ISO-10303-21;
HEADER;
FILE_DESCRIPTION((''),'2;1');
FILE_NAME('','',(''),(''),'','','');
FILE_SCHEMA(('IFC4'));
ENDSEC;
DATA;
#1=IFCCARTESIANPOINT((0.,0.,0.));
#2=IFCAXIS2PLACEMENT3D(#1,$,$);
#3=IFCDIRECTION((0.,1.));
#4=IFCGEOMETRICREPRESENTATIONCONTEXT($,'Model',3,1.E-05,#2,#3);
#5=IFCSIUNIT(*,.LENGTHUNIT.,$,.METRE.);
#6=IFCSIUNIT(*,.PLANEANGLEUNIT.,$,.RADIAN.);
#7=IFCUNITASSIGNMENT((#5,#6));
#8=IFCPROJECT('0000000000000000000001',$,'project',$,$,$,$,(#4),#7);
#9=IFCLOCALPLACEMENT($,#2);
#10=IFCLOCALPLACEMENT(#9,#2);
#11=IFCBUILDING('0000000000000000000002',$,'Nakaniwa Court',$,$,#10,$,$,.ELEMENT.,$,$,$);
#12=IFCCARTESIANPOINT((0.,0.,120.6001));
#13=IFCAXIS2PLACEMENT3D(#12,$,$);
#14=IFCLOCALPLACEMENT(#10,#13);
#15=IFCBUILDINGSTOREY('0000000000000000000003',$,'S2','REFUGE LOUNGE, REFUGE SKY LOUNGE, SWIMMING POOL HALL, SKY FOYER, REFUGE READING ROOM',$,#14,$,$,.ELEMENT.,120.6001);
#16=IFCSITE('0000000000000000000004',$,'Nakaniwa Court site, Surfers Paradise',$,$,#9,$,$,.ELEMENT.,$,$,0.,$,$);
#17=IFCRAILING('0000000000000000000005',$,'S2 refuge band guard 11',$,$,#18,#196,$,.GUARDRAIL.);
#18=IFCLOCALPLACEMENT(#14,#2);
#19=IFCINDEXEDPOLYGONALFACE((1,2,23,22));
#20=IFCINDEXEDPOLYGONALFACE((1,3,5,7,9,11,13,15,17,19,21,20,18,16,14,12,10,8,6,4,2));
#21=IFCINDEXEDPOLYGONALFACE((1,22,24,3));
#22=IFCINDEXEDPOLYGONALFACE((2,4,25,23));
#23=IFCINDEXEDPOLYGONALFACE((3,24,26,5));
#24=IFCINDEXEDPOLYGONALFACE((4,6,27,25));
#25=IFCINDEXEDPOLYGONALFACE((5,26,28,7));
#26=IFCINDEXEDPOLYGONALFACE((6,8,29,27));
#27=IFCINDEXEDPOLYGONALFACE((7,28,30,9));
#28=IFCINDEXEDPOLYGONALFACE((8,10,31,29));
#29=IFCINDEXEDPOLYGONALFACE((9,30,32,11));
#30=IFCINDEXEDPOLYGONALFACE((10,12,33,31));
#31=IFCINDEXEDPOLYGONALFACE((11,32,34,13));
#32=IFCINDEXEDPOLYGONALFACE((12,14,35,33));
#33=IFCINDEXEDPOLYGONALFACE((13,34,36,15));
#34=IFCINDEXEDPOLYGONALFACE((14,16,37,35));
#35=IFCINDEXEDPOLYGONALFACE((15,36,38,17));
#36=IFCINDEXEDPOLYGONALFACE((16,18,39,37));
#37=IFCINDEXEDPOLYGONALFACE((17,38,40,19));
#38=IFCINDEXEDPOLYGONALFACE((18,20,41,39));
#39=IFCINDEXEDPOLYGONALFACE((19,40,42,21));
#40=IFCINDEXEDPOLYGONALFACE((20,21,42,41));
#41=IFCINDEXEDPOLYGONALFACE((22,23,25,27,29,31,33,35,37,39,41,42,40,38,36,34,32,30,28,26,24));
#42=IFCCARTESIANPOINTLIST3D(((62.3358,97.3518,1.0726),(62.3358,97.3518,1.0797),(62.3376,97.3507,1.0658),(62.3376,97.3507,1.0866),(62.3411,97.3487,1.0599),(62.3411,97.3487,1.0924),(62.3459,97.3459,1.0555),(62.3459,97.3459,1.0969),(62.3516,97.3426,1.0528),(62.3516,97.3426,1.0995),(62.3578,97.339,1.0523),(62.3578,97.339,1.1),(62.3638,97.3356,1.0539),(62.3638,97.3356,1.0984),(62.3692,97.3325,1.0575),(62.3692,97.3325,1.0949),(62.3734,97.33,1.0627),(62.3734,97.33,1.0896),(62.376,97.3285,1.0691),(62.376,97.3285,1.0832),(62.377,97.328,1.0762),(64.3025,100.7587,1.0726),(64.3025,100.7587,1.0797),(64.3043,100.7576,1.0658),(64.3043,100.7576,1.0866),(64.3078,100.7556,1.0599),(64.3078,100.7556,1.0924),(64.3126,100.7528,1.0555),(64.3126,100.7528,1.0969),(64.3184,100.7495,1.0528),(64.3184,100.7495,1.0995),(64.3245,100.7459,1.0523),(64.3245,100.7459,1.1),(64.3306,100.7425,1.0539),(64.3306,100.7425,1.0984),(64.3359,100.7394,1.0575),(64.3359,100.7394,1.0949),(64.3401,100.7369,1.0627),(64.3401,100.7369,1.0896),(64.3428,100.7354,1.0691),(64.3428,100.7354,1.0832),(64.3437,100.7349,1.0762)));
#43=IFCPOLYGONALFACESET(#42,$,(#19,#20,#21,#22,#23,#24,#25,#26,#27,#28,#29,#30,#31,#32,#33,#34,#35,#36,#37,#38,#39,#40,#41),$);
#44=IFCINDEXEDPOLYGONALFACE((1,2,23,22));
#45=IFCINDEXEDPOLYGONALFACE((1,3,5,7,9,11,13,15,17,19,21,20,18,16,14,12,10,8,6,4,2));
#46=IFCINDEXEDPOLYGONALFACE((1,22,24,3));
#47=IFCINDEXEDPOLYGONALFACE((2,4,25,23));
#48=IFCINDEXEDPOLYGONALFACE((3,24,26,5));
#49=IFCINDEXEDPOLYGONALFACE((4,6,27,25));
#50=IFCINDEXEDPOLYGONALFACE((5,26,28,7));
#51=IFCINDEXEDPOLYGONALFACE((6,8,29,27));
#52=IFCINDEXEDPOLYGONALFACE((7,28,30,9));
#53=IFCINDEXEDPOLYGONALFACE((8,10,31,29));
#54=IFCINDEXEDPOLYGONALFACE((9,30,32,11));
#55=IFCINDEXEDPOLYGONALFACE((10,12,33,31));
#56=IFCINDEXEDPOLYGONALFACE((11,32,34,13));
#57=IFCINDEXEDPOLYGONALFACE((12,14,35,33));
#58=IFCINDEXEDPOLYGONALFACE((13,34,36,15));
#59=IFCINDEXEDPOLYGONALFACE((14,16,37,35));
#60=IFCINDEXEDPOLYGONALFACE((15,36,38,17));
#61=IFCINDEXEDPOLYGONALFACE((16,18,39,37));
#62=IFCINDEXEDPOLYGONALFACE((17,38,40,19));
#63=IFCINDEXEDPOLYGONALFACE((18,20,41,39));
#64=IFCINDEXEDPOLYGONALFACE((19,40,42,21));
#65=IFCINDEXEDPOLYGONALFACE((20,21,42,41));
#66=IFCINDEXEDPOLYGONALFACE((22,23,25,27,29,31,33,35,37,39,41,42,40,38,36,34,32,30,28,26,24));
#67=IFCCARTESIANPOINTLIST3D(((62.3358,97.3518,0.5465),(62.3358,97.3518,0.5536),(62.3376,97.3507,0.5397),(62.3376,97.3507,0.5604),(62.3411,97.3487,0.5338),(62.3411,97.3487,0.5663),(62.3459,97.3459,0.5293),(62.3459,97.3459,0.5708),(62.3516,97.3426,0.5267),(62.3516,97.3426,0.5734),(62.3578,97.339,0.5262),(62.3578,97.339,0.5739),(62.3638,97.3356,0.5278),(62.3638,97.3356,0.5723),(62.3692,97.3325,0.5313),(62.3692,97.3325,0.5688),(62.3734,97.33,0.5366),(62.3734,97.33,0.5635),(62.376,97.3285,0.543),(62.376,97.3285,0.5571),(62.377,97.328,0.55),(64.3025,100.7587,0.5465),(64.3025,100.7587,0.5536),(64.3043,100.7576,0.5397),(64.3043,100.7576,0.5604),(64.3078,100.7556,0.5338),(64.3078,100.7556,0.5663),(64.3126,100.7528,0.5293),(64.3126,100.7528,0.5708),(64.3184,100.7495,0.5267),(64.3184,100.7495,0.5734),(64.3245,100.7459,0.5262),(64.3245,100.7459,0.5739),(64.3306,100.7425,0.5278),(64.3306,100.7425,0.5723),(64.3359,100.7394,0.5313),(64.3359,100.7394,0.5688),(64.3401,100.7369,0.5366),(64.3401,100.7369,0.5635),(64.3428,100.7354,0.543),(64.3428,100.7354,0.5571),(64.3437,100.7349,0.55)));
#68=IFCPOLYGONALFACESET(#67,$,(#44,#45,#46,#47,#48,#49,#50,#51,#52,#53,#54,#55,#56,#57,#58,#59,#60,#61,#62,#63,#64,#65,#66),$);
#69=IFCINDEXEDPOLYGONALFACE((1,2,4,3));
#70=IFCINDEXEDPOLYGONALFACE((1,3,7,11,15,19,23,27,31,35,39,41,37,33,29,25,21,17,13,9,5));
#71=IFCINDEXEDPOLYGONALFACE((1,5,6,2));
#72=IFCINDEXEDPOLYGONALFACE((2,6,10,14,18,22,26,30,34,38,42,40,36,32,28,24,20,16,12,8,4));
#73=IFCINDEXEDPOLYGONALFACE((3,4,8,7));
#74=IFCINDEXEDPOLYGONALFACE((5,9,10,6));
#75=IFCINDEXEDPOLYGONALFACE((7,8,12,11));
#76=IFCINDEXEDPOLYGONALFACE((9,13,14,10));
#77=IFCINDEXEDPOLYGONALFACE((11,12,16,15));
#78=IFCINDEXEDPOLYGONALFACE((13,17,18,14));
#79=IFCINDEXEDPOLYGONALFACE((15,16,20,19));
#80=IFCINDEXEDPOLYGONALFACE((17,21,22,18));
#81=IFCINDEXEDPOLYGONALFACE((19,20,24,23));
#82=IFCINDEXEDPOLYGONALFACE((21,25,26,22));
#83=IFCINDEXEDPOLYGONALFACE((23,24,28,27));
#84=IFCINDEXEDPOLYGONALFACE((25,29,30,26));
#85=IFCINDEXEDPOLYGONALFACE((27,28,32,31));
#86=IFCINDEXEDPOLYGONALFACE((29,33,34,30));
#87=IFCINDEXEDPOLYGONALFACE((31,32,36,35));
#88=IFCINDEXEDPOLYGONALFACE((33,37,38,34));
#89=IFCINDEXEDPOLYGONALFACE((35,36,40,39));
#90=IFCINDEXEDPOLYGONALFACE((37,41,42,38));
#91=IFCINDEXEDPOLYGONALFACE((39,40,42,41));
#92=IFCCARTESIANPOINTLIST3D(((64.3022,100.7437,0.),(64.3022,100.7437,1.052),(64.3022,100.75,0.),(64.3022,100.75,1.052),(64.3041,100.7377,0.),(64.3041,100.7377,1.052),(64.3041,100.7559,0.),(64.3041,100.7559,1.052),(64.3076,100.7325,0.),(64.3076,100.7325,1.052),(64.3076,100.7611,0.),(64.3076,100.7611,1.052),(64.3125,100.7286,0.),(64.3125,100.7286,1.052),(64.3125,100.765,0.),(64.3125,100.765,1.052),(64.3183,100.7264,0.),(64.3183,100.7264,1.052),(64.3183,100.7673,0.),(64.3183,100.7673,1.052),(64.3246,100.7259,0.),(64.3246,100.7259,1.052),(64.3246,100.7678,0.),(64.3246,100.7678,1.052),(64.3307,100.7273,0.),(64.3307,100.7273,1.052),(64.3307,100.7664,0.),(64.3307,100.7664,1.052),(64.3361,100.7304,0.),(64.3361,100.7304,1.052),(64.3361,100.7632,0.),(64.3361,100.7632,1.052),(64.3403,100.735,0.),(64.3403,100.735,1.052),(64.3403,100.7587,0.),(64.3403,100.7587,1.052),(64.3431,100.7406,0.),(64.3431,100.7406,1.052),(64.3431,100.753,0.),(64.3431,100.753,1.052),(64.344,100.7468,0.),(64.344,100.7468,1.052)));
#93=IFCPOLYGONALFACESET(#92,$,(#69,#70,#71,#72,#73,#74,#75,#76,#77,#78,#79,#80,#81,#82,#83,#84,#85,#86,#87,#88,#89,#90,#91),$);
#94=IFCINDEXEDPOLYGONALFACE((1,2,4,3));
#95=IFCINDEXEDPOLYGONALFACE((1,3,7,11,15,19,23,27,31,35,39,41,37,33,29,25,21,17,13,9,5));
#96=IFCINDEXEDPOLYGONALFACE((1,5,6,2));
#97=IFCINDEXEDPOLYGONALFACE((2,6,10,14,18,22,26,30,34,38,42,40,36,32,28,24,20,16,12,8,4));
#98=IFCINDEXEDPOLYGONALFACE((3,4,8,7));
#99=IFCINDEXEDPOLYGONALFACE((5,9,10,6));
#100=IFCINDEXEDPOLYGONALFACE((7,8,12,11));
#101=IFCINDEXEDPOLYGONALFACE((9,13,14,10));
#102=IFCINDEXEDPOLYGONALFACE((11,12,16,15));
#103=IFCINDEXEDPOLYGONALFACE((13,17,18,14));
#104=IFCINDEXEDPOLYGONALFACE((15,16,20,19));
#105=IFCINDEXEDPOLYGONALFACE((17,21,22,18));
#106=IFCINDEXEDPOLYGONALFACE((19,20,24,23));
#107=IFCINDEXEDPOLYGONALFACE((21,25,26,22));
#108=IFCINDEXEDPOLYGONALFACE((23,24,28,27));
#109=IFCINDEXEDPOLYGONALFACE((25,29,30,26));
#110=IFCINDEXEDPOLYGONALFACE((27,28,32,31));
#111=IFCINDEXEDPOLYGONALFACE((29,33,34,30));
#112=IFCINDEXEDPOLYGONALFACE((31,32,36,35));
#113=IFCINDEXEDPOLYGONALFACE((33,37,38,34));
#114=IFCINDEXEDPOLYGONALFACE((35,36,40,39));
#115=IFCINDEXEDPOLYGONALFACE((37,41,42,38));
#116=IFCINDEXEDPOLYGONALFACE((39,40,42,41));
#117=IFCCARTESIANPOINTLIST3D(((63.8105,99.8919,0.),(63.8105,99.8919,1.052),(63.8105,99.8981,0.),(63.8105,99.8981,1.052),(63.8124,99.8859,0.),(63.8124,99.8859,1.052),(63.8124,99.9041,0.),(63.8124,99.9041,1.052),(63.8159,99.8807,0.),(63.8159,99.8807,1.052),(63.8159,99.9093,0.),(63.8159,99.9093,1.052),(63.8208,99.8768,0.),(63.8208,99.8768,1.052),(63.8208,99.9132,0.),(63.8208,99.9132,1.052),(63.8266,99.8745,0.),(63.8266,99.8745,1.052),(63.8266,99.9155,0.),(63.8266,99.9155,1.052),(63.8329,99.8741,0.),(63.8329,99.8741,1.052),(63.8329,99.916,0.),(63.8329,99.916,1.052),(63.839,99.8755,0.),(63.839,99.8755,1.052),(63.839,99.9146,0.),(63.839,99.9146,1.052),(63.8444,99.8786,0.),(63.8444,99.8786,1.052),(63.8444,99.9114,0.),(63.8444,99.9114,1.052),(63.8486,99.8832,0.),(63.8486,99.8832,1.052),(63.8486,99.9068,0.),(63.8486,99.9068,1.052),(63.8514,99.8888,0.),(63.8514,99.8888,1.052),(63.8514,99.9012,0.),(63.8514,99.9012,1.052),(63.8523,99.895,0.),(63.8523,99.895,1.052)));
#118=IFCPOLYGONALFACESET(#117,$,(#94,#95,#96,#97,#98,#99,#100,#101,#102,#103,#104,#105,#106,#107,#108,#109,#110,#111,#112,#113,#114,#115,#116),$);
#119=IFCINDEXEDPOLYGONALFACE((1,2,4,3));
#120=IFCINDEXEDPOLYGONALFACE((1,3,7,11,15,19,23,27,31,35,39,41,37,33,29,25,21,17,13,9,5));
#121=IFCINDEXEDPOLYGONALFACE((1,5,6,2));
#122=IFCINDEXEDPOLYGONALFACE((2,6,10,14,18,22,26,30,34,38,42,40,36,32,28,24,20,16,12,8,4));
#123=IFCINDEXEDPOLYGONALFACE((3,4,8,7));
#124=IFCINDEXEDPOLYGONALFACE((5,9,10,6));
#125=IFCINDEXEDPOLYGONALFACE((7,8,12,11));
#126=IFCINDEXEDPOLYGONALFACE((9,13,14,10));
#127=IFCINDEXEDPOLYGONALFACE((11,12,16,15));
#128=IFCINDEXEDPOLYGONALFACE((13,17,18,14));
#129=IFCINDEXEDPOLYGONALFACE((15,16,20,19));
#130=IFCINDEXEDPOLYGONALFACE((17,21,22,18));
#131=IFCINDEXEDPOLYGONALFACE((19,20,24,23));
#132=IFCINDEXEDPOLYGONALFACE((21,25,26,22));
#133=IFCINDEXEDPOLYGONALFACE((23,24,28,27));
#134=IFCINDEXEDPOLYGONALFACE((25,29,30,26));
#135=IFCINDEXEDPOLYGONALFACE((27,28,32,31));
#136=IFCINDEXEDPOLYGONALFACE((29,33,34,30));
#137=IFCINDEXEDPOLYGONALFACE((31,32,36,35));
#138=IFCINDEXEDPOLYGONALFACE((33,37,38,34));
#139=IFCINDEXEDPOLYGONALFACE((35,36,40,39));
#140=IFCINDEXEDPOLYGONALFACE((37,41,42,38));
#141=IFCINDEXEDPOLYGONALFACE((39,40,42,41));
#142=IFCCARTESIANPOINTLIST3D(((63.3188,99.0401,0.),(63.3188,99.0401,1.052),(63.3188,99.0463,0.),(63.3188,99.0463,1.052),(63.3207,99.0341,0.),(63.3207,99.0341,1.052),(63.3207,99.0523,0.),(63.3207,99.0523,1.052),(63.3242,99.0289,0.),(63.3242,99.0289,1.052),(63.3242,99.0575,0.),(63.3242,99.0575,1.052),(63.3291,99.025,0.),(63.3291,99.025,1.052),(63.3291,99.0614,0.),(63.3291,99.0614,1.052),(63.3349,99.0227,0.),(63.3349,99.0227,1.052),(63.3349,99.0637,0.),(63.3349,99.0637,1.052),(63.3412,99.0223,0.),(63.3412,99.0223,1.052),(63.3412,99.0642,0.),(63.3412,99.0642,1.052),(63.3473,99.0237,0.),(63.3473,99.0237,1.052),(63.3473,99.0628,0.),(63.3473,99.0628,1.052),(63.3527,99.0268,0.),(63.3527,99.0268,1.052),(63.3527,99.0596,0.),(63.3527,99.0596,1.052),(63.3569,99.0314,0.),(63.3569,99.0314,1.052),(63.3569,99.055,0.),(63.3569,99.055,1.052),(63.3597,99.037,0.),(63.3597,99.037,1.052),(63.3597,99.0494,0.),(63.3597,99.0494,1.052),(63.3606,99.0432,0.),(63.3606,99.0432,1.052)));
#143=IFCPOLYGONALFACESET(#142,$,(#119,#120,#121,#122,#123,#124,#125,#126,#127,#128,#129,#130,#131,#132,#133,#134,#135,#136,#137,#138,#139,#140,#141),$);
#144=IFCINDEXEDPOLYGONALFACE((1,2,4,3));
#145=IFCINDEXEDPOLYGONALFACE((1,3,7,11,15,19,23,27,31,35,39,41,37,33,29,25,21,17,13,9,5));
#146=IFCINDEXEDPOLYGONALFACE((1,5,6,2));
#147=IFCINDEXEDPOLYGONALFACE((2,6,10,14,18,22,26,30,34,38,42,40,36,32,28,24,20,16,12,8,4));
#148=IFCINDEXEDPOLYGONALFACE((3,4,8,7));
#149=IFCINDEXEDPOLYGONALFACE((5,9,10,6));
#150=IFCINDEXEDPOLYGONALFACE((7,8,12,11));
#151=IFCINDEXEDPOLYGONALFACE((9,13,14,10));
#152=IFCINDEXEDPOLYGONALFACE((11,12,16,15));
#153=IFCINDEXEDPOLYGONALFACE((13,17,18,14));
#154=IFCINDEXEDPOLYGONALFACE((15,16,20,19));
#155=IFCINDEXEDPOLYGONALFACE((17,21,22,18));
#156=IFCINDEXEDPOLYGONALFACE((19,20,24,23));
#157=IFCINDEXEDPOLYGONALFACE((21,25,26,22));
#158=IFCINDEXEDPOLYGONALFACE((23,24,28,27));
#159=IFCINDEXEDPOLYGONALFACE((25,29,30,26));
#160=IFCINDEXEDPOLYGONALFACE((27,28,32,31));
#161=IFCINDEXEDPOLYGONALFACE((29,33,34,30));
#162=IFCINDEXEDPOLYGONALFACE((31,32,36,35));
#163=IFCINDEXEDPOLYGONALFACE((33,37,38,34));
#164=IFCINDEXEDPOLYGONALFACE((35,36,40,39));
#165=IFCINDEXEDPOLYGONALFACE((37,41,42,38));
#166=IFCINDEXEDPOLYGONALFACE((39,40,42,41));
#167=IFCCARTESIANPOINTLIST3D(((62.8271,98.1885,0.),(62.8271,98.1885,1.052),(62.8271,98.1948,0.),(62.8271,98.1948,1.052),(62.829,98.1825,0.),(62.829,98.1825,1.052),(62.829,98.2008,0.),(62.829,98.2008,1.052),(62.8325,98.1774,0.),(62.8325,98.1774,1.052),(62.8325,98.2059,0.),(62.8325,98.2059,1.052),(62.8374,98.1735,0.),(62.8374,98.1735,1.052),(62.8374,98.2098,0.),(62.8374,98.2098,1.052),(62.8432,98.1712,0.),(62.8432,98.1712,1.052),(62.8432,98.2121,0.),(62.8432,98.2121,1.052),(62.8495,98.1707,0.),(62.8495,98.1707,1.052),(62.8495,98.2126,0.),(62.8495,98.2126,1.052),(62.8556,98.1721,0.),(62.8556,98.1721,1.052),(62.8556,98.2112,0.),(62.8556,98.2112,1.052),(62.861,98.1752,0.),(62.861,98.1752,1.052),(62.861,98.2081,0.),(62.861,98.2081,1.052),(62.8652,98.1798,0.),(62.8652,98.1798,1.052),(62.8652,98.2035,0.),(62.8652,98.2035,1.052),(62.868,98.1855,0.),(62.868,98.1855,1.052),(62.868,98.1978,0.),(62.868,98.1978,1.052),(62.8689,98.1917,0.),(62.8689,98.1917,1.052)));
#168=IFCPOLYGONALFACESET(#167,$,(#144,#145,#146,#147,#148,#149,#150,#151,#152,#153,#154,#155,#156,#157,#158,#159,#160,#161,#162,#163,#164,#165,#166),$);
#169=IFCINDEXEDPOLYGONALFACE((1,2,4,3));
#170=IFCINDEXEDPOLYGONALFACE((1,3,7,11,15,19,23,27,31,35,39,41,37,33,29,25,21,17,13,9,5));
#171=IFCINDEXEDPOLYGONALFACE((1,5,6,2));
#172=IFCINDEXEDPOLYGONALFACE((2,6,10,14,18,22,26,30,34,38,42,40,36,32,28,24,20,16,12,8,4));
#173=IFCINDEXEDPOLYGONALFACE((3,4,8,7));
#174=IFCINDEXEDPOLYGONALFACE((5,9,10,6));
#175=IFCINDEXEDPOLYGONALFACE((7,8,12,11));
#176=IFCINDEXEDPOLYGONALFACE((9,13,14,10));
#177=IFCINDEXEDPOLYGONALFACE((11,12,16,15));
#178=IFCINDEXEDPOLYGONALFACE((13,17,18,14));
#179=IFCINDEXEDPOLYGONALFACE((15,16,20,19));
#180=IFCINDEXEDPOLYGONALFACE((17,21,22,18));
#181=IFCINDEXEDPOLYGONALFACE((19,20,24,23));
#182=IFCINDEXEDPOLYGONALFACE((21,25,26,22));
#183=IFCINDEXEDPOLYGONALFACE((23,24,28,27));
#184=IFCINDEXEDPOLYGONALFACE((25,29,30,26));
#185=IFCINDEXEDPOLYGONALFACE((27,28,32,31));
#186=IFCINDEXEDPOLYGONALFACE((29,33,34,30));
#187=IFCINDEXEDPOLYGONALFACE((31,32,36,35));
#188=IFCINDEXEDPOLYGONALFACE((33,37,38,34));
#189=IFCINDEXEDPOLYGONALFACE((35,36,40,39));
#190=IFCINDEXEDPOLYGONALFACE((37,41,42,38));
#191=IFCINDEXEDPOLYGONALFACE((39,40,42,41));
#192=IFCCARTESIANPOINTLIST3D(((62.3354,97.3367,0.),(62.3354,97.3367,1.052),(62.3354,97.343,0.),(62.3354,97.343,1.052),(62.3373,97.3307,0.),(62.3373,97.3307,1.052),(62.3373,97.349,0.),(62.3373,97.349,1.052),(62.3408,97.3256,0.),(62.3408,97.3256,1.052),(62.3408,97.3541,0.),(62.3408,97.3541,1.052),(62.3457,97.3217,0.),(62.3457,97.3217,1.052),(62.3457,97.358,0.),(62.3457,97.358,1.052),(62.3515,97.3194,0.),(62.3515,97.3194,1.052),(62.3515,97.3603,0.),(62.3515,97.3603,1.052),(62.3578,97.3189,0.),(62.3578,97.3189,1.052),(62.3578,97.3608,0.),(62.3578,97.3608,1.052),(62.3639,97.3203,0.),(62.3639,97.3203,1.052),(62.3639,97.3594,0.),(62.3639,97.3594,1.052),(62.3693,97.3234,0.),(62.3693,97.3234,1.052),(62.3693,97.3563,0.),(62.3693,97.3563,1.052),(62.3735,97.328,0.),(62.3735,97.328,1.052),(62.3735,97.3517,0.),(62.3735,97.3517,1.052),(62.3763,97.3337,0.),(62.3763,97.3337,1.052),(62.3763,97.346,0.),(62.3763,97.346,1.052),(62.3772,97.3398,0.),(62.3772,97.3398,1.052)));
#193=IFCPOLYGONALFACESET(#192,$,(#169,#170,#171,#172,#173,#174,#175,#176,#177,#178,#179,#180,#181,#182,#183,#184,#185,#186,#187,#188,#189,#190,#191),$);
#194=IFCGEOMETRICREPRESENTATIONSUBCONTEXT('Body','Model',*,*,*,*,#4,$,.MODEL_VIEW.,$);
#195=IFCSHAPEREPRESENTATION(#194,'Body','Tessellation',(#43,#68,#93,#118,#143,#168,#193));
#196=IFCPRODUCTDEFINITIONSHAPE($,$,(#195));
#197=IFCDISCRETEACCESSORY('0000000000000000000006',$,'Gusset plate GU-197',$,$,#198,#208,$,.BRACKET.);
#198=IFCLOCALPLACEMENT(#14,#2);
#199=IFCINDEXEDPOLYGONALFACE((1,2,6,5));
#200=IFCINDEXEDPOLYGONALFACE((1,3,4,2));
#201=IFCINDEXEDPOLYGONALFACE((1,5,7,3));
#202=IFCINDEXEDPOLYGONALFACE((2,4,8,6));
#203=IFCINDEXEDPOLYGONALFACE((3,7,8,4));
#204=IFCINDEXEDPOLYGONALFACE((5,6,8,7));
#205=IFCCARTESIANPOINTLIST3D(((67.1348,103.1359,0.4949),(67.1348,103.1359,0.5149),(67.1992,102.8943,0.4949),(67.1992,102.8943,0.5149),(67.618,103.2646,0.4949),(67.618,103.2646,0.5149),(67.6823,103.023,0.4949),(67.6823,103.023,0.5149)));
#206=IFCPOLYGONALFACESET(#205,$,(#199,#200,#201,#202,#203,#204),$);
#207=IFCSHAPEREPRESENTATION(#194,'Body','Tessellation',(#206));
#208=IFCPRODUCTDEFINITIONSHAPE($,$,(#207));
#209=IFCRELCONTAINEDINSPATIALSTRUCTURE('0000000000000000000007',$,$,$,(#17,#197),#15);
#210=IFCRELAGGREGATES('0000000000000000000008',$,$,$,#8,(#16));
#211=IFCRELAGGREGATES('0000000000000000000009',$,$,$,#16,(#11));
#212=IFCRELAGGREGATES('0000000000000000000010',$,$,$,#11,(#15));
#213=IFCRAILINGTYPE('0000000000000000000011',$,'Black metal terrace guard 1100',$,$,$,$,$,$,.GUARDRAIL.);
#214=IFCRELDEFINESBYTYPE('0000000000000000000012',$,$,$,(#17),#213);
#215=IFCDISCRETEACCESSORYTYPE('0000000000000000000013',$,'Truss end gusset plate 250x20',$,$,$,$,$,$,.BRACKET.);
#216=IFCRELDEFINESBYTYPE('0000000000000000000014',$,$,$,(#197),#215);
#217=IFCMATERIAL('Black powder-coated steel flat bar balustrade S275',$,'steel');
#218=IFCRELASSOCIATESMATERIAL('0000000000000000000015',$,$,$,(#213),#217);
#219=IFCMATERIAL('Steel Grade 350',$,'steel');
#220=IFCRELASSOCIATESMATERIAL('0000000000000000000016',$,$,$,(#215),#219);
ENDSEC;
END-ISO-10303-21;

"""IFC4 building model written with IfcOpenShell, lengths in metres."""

from ifc_helpers import new_model, si_unit, direction, frame, origin, origin_2d, place, context, subcontext, project, spatial, rectangle, circle, extrude, material, material_profile, profile_set, type_object, element, save


model = new_model("IFC4")

# Units and contexts
model_context = context("Model", 3, precision=1e-05, world=origin(), true_north=direction((0.0, 1.0)))
body_context = subcontext(model_context, "Body", "Model", "MODEL_VIEW")
ifc_project = project(units=[si_unit("LENGTHUNIT", "METRE"), si_unit("PLANEANGLEUNIT", "RADIAN")], contexts=[model_context])

# Site, building, storey
site_placement = place(None, origin())
site = spatial("IfcSite", under=ifc_project, at=site_placement, Name="Nakaniwa Court site, Surfers Paradise", CompositionType="ELEMENT", RefElevation=0.0)
building_placement = place(site_placement, origin())
building = spatial("IfcBuilding", under=site, at=building_placement, Name="Nakaniwa Court", CompositionType="ELEMENT")
storey_placement = place(building_placement, frame((0.0, 0.0, 120.6001)))
storey = spatial("IfcBuildingStorey", under=building, at=storey_placement, Name="S2", Description="REFUGE LOUNGE, REFUGE SKY LOUNGE, SWIMMING POOL HALL, SKY FOYER, REFUGE READING ROOM", CompositionType="ELEMENT", Elevation=120.6001)

# Shared definitions
ifc_material_1 = material(Name="Steel Grade 350", Category="steel")

# Railing
ifc_material_2 = material(Name="Black powder-coated steel flat bar balustrade S275", Category="steel")
railing_type = type_object("IfcRailingType", Name="Black metal terrace guard 1100", PredefinedType="GUARDRAIL", material=ifc_material_2)
railing_1_placement = place(storey_placement, frame((64.323, 100.7468, 0.0)))
element("IfcRailing", 1, at=railing_1_placement, inside=storey, type_object=railing_type, Name="S2 refuge band guard 11", PredefinedType="GUARDRAIL", context=body_context, shape_type="SweptSolid", body=[
    extrude(circle(Radius=0.0239, at=origin_2d()), frame((0.0, 0.0, 1.0762), z_axis=(-0.499957, -0.86605, 0.0), x_axis=(0.86605, -0.499957, 0.0)), (0.0, 0.0, 1.0), 3.9338),
    extrude(circle(Radius=0.0239, at=origin_2d()), frame((0.0, 0.0, 0.55), z_axis=(-0.499957, -0.86605, 0.0), x_axis=(0.86605, -0.499957, 0.0)), (0.0, 0.0, 1.0), 3.9338),
    extrude(circle(Radius=0.021, at=origin_2d()), origin(), (0.0, 0.0, 1.0), 1.052),
    extrude(circle(Radius=0.021, at=origin_2d()), frame((-0.4917, -0.8518, 0.0)), (0.0, 0.0, 1.0), 1.052),
    extrude(circle(Radius=0.021, at=origin_2d()), frame((-0.9834, -1.7036, 0.0)), (0.0, 0.0, 1.0), 1.052),
    extrude(circle(Radius=0.021, at=origin_2d()), frame((-1.4751, -2.5552, 0.0)), (0.0, 0.0, 1.0), 1.052),
    extrude(circle(Radius=0.021, at=origin_2d()), frame((-1.9668, -3.407, 0.0)), (0.0, 0.0, 1.0), 1.052),
])

# Discrete accessory
ifc_material_profile_1 = material_profile(ifc_material_1, rectangle(XDim=0.25, YDim=0.02, at=origin_2d()), Name="Truss end gusset plate 250x20")
ifc_profile_set_1 = profile_set([ifc_material_profile_1], Name="Steel Grade 350")
discrete_accessory_type = type_object("IfcDiscreteAccessoryType", Name="Truss end gusset plate 250x20", PredefinedType="BRACKET", material=ifc_profile_set_1)
for number, where, z_axis, x_axis, name in (
    (2, (67.6501, 103.1438, 0.5049), (-0.966324, -0.257328, 0.0), (0.257328, -0.966324, 0.0), "Gusset plate GU-197"),
):
    element("IfcDiscreteAccessory", number, at=place(storey_placement, frame(where, z_axis=z_axis, x_axis=x_axis)), inside=storey, type_object=discrete_accessory_type, Name=name, PredefinedType="BRACKET", context=body_context, shape_type="SweptSolid", body=[
        extrude(rectangle(XDim=0.25, YDim=0.02, at=origin_2d()), origin(), (0.0, 0.0, 1.0), 0.5),
    ])

save(model, "model.ifc")
